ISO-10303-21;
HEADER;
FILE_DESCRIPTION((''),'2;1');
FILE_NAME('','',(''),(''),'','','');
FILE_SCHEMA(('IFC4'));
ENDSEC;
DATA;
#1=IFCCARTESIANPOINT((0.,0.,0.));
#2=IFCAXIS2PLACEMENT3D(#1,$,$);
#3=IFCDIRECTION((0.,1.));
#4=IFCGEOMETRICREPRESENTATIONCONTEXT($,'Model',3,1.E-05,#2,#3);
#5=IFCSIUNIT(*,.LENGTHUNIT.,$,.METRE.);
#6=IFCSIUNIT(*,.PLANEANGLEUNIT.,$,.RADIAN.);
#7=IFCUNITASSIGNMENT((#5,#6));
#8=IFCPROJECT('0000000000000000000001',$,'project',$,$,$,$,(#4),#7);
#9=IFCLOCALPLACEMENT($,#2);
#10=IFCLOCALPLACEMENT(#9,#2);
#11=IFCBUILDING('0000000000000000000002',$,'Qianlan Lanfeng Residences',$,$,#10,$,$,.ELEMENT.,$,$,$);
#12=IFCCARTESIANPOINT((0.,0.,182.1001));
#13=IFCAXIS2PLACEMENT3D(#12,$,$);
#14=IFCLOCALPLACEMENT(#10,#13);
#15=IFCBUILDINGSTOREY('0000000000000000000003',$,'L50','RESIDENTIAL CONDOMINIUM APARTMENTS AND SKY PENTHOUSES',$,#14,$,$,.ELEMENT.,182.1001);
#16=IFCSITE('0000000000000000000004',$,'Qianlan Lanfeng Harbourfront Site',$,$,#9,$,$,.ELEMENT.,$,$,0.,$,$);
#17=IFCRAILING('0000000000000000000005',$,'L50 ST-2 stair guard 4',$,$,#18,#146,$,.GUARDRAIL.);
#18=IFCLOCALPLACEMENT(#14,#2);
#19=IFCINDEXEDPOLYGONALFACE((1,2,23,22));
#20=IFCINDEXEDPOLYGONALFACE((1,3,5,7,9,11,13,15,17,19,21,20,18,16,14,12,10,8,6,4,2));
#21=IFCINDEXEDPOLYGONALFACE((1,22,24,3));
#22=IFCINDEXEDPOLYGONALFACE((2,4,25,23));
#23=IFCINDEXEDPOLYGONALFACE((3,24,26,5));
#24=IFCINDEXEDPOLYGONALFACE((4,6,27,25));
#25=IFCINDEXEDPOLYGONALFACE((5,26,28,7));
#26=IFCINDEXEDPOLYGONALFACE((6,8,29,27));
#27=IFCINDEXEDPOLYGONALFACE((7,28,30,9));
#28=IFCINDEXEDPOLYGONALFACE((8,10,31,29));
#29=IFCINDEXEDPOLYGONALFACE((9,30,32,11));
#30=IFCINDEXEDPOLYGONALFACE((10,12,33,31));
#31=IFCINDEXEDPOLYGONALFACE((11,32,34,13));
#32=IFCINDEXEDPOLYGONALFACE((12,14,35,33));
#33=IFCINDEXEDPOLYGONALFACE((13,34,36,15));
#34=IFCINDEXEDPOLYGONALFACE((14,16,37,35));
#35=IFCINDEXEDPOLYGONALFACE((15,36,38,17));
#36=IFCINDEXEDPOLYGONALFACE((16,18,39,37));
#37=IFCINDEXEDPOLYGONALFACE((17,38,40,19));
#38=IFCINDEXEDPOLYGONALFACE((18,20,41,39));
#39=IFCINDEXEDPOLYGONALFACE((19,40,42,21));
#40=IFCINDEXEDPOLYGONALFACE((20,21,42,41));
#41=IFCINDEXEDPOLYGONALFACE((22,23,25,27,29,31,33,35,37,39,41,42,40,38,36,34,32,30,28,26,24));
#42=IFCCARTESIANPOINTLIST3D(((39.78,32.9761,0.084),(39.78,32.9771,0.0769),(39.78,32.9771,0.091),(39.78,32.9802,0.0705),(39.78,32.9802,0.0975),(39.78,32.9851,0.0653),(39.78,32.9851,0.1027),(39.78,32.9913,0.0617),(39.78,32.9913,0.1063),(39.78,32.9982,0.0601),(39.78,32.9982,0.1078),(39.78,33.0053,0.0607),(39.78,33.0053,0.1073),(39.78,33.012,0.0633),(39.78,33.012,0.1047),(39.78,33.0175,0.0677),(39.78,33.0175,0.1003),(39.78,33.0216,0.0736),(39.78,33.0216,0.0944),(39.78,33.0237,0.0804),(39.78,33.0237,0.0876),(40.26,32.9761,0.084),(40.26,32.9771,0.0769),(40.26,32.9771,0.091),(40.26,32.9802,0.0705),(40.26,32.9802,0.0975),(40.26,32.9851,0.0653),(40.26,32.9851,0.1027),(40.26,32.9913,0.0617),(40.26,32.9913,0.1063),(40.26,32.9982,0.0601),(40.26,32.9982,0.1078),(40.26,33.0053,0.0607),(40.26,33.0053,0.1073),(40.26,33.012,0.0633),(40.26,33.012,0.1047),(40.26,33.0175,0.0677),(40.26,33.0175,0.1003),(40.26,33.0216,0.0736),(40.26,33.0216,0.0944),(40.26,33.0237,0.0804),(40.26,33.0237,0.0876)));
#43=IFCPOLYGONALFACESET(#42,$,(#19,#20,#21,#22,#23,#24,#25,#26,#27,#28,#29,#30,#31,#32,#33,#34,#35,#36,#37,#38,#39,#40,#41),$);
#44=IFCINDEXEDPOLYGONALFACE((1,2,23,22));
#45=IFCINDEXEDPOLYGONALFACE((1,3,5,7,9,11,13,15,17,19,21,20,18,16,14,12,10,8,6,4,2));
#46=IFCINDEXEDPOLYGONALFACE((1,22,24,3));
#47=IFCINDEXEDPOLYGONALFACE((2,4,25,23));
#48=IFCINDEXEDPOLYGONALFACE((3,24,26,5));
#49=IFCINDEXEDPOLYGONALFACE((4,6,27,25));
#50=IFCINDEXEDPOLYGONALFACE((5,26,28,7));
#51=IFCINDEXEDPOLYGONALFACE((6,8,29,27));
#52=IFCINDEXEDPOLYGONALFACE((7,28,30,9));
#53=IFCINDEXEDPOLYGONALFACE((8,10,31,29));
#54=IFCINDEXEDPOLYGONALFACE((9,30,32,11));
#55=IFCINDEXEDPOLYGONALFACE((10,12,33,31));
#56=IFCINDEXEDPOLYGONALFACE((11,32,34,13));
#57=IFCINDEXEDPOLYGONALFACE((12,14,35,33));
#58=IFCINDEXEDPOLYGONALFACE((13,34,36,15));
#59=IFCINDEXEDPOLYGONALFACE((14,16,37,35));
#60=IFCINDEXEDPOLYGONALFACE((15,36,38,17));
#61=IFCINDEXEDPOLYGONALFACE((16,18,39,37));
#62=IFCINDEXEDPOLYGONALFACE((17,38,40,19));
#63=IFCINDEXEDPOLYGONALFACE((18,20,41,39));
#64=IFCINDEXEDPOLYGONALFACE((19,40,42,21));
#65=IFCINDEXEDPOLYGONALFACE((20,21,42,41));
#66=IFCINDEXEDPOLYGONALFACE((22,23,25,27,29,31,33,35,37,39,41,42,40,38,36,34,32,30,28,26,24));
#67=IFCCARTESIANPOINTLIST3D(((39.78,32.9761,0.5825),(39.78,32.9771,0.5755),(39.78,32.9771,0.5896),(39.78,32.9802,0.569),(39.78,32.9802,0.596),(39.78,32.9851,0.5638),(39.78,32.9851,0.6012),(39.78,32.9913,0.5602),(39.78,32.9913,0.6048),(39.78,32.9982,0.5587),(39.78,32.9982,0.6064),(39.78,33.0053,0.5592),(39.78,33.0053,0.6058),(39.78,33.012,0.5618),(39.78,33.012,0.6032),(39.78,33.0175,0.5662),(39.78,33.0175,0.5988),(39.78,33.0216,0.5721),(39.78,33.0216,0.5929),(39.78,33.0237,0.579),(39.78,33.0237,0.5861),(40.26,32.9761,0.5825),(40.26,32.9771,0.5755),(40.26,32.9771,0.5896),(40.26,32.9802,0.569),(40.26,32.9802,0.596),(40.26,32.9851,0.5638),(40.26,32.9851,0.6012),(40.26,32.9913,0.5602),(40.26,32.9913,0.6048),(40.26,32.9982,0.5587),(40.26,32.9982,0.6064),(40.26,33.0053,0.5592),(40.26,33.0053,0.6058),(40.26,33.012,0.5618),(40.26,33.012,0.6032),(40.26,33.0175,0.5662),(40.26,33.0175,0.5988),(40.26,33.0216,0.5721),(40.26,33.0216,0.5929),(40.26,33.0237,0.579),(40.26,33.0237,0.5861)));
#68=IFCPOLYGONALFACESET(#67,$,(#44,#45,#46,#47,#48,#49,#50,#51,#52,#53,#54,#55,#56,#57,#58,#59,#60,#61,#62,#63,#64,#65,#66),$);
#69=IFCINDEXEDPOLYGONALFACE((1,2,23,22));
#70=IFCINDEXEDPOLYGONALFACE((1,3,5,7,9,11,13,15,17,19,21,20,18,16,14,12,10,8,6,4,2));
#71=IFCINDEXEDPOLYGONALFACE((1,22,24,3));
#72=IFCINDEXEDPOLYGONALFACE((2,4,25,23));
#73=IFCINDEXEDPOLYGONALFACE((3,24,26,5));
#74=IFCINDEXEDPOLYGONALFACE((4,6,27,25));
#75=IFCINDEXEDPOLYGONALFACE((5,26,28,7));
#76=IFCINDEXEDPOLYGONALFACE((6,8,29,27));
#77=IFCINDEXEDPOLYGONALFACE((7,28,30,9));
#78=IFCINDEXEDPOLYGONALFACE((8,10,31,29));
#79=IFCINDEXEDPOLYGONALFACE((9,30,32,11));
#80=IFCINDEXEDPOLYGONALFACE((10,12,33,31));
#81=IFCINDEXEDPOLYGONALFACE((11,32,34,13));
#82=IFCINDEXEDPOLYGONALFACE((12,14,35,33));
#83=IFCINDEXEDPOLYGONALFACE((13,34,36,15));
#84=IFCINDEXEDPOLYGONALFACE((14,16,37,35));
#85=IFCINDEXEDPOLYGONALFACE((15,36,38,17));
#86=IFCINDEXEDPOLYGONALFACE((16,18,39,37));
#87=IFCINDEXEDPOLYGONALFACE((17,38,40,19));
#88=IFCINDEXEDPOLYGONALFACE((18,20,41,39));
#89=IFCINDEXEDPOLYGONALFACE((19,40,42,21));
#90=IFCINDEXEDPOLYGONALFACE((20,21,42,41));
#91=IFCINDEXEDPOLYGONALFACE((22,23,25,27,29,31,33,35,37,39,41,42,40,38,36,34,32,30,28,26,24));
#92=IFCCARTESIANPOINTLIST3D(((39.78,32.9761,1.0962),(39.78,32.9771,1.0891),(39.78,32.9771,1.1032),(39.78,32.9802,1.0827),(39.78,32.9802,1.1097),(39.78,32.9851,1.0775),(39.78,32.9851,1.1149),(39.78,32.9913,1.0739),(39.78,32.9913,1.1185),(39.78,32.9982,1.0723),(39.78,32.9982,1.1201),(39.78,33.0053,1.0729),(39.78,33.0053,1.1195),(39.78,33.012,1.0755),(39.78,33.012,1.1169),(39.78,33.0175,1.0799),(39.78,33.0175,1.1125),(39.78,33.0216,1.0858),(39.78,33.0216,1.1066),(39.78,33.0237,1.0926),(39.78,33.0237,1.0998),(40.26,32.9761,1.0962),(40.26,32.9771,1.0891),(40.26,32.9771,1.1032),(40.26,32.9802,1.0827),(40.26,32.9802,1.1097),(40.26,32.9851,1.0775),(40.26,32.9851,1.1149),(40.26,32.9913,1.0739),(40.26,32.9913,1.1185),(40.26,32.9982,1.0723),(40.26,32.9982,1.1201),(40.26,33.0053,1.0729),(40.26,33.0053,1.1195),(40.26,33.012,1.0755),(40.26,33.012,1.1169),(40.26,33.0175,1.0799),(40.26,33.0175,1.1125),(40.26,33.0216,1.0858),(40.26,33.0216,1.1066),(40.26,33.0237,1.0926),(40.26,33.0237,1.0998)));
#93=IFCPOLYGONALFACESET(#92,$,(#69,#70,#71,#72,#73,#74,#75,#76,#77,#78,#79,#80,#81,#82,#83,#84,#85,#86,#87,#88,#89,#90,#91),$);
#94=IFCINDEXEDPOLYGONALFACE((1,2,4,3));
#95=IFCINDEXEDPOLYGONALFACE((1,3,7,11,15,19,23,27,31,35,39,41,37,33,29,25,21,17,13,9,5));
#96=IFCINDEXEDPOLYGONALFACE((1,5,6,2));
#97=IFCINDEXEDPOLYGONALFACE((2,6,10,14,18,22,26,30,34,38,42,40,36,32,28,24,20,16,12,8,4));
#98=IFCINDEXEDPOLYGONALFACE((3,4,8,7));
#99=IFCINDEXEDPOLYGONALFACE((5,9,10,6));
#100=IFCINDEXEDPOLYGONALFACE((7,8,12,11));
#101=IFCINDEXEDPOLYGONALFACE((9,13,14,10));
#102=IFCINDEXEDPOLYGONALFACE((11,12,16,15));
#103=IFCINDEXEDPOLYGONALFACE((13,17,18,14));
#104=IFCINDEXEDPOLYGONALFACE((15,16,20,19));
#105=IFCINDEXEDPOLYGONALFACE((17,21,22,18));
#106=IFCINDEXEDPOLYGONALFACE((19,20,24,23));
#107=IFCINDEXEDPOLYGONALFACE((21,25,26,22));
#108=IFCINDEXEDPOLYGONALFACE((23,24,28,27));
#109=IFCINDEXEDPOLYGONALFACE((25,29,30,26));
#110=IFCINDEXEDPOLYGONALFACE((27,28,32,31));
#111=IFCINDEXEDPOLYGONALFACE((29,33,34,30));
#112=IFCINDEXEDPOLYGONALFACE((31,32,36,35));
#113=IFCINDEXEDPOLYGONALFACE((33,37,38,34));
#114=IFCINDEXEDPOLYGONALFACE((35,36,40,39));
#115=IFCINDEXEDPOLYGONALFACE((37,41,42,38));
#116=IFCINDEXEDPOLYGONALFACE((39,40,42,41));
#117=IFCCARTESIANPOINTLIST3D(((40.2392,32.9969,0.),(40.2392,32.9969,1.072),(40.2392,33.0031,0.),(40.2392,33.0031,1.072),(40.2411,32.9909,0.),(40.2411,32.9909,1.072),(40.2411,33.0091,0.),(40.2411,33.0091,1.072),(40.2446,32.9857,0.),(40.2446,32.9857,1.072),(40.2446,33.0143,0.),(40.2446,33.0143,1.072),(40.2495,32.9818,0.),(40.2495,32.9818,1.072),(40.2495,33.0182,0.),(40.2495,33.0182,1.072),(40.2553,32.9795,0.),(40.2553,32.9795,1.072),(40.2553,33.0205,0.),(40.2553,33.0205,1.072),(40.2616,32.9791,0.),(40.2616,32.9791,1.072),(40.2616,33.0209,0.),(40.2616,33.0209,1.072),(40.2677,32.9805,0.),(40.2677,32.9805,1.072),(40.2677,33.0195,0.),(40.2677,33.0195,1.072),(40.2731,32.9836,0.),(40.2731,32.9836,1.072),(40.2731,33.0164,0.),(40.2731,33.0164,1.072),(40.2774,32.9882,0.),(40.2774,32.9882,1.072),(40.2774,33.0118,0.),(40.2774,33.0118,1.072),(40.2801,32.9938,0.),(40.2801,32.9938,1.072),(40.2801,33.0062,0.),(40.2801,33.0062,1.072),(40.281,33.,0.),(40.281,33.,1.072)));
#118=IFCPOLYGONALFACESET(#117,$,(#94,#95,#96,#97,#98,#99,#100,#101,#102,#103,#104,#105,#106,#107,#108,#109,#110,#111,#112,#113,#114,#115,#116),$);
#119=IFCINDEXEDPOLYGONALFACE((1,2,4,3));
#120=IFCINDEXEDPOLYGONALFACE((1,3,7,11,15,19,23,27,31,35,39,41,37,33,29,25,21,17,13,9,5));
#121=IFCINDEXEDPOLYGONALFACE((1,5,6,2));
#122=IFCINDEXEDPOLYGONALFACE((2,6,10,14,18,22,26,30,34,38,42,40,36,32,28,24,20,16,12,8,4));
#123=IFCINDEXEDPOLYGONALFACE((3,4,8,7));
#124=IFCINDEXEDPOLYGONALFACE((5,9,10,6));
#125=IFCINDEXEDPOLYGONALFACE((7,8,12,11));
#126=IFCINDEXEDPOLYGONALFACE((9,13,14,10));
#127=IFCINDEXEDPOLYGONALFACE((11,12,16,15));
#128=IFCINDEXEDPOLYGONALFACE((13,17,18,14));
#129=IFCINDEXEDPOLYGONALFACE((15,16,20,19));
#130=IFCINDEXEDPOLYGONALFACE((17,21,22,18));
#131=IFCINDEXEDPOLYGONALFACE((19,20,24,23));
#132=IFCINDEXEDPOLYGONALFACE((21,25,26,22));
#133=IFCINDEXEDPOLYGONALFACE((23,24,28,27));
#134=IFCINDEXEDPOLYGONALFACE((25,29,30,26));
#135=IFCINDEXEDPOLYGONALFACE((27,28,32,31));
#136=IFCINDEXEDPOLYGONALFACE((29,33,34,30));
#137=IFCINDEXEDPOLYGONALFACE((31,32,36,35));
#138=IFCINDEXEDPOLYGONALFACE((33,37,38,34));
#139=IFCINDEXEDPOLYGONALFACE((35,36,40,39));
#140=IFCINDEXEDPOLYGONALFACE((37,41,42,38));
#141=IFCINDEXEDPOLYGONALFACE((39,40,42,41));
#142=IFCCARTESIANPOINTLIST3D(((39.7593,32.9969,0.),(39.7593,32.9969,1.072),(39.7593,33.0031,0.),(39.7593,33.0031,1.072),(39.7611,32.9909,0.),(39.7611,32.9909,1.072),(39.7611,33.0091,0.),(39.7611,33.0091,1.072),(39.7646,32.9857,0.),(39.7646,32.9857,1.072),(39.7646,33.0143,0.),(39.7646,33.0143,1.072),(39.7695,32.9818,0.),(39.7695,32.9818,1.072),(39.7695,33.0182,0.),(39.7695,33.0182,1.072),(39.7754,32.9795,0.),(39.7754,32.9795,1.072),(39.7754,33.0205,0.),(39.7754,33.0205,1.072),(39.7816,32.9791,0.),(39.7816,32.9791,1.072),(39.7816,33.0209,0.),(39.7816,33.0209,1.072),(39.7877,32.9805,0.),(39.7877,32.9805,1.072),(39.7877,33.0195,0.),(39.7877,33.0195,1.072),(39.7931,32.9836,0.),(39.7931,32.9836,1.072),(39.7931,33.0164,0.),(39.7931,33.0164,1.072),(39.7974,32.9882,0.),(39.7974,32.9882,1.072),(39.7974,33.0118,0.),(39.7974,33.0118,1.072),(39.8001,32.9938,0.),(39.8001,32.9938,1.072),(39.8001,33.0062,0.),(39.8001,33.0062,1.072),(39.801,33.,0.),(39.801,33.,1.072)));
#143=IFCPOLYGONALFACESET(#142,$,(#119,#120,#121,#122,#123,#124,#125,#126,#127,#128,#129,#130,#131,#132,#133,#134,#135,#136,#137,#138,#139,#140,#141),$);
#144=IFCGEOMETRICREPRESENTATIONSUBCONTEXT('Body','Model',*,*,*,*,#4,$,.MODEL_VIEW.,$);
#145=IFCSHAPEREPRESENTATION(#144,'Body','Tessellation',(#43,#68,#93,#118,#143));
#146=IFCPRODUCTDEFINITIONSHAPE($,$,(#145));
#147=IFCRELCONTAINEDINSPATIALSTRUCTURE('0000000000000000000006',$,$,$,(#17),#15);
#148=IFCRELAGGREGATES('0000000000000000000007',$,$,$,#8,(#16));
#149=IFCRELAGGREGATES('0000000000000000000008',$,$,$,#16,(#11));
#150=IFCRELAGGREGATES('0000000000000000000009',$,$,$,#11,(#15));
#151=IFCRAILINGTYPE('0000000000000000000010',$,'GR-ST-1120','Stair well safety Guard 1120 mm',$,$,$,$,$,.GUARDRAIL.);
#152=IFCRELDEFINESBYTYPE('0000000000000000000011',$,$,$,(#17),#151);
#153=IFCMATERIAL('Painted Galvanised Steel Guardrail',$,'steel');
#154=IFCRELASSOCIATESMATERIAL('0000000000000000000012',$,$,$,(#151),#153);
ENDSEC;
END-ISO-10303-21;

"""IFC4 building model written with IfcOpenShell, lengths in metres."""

from ifc_helpers import new_model, si_unit, direction, frame, origin, origin_2d, place, context, subcontext, project, spatial, circle, extrude, material, type_object, element, save


model = new_model("IFC4")

# Units and contexts
model_context = context("Model", 3, precision=1e-05, world=origin(), true_north=direction((0.0, 1.0)))
body_context = subcontext(model_context, "Body", "Model", "MODEL_VIEW")
ifc_project = project(units=[si_unit("LENGTHUNIT", "METRE"), si_unit("PLANEANGLEUNIT", "RADIAN")], contexts=[model_context])

# Site, building, storey
site_placement = place(None, origin())
site = spatial("IfcSite", under=ifc_project, at=site_placement, Name="Qianlan Lanfeng Harbourfront Site", CompositionType="ELEMENT", RefElevation=0.0)
building_placement = place(site_placement, origin())
building = spatial("IfcBuilding", under=site, at=building_placement, Name="Qianlan Lanfeng Residences", CompositionType="ELEMENT")
storey_placement = place(building_placement, frame((0.0, 0.0, 182.1001)))
storey = spatial("IfcBuildingStorey", under=building, at=storey_placement, Name="L50", Description="RESIDENTIAL CONDOMINIUM APARTMENTS AND SKY PENTHOUSES", CompositionType="ELEMENT", Elevation=182.1001)

# Railing
ifc_material_1 = material(Name="Painted Galvanised Steel Guardrail", Category="steel")
railing_type_1 = type_object("IfcRailingType", Name="GR-ST-1120", Description="Stair well safety Guard 1120 mm", PredefinedType="GUARDRAIL", material=ifc_material_1)
railing_1_placement = place(storey_placement, frame((40.26, 33.0, 0.0)))
element("IfcRailing", 1, at=railing_1_placement, inside=storey, type_object=railing_type_1, Name="L50 ST-2 stair guard 4", PredefinedType="GUARDRAIL", context=body_context, shape_type="SweptSolid", body=[
    extrude(circle(Radius=0.0239, at=origin_2d()), frame((0.0, 0.0, 0.084), z_axis=(-1.0, 0.0, 0.0), x_axis=(0.0, -1.0, 0.0)), (0.0, 0.0, 1.0), 0.48),
    extrude(circle(Radius=0.0239, at=origin_2d()), frame((0.0, 0.0, 0.5825), z_axis=(-1.0, 0.0, 0.0), x_axis=(0.0, -1.0, 0.0)), (0.0, 0.0, 1.0), 0.48),
    extrude(circle(Radius=0.0239, at=origin_2d()), frame((0.0, 0.0, 1.0962), z_axis=(-1.0, 0.0, 0.0), x_axis=(0.0, -1.0, 0.0)), (0.0, 0.0, 1.0), 0.48),
    extrude(circle(Radius=0.021, at=origin_2d()), origin(), (0.0, 0.0, 1.0), 1.072),
    extrude(circle(Radius=0.021, at=origin_2d()), frame((-0.48, 0.0, 0.0)), (0.0, 0.0, 1.0), 1.072),
])

save(model, "model.ifc")
